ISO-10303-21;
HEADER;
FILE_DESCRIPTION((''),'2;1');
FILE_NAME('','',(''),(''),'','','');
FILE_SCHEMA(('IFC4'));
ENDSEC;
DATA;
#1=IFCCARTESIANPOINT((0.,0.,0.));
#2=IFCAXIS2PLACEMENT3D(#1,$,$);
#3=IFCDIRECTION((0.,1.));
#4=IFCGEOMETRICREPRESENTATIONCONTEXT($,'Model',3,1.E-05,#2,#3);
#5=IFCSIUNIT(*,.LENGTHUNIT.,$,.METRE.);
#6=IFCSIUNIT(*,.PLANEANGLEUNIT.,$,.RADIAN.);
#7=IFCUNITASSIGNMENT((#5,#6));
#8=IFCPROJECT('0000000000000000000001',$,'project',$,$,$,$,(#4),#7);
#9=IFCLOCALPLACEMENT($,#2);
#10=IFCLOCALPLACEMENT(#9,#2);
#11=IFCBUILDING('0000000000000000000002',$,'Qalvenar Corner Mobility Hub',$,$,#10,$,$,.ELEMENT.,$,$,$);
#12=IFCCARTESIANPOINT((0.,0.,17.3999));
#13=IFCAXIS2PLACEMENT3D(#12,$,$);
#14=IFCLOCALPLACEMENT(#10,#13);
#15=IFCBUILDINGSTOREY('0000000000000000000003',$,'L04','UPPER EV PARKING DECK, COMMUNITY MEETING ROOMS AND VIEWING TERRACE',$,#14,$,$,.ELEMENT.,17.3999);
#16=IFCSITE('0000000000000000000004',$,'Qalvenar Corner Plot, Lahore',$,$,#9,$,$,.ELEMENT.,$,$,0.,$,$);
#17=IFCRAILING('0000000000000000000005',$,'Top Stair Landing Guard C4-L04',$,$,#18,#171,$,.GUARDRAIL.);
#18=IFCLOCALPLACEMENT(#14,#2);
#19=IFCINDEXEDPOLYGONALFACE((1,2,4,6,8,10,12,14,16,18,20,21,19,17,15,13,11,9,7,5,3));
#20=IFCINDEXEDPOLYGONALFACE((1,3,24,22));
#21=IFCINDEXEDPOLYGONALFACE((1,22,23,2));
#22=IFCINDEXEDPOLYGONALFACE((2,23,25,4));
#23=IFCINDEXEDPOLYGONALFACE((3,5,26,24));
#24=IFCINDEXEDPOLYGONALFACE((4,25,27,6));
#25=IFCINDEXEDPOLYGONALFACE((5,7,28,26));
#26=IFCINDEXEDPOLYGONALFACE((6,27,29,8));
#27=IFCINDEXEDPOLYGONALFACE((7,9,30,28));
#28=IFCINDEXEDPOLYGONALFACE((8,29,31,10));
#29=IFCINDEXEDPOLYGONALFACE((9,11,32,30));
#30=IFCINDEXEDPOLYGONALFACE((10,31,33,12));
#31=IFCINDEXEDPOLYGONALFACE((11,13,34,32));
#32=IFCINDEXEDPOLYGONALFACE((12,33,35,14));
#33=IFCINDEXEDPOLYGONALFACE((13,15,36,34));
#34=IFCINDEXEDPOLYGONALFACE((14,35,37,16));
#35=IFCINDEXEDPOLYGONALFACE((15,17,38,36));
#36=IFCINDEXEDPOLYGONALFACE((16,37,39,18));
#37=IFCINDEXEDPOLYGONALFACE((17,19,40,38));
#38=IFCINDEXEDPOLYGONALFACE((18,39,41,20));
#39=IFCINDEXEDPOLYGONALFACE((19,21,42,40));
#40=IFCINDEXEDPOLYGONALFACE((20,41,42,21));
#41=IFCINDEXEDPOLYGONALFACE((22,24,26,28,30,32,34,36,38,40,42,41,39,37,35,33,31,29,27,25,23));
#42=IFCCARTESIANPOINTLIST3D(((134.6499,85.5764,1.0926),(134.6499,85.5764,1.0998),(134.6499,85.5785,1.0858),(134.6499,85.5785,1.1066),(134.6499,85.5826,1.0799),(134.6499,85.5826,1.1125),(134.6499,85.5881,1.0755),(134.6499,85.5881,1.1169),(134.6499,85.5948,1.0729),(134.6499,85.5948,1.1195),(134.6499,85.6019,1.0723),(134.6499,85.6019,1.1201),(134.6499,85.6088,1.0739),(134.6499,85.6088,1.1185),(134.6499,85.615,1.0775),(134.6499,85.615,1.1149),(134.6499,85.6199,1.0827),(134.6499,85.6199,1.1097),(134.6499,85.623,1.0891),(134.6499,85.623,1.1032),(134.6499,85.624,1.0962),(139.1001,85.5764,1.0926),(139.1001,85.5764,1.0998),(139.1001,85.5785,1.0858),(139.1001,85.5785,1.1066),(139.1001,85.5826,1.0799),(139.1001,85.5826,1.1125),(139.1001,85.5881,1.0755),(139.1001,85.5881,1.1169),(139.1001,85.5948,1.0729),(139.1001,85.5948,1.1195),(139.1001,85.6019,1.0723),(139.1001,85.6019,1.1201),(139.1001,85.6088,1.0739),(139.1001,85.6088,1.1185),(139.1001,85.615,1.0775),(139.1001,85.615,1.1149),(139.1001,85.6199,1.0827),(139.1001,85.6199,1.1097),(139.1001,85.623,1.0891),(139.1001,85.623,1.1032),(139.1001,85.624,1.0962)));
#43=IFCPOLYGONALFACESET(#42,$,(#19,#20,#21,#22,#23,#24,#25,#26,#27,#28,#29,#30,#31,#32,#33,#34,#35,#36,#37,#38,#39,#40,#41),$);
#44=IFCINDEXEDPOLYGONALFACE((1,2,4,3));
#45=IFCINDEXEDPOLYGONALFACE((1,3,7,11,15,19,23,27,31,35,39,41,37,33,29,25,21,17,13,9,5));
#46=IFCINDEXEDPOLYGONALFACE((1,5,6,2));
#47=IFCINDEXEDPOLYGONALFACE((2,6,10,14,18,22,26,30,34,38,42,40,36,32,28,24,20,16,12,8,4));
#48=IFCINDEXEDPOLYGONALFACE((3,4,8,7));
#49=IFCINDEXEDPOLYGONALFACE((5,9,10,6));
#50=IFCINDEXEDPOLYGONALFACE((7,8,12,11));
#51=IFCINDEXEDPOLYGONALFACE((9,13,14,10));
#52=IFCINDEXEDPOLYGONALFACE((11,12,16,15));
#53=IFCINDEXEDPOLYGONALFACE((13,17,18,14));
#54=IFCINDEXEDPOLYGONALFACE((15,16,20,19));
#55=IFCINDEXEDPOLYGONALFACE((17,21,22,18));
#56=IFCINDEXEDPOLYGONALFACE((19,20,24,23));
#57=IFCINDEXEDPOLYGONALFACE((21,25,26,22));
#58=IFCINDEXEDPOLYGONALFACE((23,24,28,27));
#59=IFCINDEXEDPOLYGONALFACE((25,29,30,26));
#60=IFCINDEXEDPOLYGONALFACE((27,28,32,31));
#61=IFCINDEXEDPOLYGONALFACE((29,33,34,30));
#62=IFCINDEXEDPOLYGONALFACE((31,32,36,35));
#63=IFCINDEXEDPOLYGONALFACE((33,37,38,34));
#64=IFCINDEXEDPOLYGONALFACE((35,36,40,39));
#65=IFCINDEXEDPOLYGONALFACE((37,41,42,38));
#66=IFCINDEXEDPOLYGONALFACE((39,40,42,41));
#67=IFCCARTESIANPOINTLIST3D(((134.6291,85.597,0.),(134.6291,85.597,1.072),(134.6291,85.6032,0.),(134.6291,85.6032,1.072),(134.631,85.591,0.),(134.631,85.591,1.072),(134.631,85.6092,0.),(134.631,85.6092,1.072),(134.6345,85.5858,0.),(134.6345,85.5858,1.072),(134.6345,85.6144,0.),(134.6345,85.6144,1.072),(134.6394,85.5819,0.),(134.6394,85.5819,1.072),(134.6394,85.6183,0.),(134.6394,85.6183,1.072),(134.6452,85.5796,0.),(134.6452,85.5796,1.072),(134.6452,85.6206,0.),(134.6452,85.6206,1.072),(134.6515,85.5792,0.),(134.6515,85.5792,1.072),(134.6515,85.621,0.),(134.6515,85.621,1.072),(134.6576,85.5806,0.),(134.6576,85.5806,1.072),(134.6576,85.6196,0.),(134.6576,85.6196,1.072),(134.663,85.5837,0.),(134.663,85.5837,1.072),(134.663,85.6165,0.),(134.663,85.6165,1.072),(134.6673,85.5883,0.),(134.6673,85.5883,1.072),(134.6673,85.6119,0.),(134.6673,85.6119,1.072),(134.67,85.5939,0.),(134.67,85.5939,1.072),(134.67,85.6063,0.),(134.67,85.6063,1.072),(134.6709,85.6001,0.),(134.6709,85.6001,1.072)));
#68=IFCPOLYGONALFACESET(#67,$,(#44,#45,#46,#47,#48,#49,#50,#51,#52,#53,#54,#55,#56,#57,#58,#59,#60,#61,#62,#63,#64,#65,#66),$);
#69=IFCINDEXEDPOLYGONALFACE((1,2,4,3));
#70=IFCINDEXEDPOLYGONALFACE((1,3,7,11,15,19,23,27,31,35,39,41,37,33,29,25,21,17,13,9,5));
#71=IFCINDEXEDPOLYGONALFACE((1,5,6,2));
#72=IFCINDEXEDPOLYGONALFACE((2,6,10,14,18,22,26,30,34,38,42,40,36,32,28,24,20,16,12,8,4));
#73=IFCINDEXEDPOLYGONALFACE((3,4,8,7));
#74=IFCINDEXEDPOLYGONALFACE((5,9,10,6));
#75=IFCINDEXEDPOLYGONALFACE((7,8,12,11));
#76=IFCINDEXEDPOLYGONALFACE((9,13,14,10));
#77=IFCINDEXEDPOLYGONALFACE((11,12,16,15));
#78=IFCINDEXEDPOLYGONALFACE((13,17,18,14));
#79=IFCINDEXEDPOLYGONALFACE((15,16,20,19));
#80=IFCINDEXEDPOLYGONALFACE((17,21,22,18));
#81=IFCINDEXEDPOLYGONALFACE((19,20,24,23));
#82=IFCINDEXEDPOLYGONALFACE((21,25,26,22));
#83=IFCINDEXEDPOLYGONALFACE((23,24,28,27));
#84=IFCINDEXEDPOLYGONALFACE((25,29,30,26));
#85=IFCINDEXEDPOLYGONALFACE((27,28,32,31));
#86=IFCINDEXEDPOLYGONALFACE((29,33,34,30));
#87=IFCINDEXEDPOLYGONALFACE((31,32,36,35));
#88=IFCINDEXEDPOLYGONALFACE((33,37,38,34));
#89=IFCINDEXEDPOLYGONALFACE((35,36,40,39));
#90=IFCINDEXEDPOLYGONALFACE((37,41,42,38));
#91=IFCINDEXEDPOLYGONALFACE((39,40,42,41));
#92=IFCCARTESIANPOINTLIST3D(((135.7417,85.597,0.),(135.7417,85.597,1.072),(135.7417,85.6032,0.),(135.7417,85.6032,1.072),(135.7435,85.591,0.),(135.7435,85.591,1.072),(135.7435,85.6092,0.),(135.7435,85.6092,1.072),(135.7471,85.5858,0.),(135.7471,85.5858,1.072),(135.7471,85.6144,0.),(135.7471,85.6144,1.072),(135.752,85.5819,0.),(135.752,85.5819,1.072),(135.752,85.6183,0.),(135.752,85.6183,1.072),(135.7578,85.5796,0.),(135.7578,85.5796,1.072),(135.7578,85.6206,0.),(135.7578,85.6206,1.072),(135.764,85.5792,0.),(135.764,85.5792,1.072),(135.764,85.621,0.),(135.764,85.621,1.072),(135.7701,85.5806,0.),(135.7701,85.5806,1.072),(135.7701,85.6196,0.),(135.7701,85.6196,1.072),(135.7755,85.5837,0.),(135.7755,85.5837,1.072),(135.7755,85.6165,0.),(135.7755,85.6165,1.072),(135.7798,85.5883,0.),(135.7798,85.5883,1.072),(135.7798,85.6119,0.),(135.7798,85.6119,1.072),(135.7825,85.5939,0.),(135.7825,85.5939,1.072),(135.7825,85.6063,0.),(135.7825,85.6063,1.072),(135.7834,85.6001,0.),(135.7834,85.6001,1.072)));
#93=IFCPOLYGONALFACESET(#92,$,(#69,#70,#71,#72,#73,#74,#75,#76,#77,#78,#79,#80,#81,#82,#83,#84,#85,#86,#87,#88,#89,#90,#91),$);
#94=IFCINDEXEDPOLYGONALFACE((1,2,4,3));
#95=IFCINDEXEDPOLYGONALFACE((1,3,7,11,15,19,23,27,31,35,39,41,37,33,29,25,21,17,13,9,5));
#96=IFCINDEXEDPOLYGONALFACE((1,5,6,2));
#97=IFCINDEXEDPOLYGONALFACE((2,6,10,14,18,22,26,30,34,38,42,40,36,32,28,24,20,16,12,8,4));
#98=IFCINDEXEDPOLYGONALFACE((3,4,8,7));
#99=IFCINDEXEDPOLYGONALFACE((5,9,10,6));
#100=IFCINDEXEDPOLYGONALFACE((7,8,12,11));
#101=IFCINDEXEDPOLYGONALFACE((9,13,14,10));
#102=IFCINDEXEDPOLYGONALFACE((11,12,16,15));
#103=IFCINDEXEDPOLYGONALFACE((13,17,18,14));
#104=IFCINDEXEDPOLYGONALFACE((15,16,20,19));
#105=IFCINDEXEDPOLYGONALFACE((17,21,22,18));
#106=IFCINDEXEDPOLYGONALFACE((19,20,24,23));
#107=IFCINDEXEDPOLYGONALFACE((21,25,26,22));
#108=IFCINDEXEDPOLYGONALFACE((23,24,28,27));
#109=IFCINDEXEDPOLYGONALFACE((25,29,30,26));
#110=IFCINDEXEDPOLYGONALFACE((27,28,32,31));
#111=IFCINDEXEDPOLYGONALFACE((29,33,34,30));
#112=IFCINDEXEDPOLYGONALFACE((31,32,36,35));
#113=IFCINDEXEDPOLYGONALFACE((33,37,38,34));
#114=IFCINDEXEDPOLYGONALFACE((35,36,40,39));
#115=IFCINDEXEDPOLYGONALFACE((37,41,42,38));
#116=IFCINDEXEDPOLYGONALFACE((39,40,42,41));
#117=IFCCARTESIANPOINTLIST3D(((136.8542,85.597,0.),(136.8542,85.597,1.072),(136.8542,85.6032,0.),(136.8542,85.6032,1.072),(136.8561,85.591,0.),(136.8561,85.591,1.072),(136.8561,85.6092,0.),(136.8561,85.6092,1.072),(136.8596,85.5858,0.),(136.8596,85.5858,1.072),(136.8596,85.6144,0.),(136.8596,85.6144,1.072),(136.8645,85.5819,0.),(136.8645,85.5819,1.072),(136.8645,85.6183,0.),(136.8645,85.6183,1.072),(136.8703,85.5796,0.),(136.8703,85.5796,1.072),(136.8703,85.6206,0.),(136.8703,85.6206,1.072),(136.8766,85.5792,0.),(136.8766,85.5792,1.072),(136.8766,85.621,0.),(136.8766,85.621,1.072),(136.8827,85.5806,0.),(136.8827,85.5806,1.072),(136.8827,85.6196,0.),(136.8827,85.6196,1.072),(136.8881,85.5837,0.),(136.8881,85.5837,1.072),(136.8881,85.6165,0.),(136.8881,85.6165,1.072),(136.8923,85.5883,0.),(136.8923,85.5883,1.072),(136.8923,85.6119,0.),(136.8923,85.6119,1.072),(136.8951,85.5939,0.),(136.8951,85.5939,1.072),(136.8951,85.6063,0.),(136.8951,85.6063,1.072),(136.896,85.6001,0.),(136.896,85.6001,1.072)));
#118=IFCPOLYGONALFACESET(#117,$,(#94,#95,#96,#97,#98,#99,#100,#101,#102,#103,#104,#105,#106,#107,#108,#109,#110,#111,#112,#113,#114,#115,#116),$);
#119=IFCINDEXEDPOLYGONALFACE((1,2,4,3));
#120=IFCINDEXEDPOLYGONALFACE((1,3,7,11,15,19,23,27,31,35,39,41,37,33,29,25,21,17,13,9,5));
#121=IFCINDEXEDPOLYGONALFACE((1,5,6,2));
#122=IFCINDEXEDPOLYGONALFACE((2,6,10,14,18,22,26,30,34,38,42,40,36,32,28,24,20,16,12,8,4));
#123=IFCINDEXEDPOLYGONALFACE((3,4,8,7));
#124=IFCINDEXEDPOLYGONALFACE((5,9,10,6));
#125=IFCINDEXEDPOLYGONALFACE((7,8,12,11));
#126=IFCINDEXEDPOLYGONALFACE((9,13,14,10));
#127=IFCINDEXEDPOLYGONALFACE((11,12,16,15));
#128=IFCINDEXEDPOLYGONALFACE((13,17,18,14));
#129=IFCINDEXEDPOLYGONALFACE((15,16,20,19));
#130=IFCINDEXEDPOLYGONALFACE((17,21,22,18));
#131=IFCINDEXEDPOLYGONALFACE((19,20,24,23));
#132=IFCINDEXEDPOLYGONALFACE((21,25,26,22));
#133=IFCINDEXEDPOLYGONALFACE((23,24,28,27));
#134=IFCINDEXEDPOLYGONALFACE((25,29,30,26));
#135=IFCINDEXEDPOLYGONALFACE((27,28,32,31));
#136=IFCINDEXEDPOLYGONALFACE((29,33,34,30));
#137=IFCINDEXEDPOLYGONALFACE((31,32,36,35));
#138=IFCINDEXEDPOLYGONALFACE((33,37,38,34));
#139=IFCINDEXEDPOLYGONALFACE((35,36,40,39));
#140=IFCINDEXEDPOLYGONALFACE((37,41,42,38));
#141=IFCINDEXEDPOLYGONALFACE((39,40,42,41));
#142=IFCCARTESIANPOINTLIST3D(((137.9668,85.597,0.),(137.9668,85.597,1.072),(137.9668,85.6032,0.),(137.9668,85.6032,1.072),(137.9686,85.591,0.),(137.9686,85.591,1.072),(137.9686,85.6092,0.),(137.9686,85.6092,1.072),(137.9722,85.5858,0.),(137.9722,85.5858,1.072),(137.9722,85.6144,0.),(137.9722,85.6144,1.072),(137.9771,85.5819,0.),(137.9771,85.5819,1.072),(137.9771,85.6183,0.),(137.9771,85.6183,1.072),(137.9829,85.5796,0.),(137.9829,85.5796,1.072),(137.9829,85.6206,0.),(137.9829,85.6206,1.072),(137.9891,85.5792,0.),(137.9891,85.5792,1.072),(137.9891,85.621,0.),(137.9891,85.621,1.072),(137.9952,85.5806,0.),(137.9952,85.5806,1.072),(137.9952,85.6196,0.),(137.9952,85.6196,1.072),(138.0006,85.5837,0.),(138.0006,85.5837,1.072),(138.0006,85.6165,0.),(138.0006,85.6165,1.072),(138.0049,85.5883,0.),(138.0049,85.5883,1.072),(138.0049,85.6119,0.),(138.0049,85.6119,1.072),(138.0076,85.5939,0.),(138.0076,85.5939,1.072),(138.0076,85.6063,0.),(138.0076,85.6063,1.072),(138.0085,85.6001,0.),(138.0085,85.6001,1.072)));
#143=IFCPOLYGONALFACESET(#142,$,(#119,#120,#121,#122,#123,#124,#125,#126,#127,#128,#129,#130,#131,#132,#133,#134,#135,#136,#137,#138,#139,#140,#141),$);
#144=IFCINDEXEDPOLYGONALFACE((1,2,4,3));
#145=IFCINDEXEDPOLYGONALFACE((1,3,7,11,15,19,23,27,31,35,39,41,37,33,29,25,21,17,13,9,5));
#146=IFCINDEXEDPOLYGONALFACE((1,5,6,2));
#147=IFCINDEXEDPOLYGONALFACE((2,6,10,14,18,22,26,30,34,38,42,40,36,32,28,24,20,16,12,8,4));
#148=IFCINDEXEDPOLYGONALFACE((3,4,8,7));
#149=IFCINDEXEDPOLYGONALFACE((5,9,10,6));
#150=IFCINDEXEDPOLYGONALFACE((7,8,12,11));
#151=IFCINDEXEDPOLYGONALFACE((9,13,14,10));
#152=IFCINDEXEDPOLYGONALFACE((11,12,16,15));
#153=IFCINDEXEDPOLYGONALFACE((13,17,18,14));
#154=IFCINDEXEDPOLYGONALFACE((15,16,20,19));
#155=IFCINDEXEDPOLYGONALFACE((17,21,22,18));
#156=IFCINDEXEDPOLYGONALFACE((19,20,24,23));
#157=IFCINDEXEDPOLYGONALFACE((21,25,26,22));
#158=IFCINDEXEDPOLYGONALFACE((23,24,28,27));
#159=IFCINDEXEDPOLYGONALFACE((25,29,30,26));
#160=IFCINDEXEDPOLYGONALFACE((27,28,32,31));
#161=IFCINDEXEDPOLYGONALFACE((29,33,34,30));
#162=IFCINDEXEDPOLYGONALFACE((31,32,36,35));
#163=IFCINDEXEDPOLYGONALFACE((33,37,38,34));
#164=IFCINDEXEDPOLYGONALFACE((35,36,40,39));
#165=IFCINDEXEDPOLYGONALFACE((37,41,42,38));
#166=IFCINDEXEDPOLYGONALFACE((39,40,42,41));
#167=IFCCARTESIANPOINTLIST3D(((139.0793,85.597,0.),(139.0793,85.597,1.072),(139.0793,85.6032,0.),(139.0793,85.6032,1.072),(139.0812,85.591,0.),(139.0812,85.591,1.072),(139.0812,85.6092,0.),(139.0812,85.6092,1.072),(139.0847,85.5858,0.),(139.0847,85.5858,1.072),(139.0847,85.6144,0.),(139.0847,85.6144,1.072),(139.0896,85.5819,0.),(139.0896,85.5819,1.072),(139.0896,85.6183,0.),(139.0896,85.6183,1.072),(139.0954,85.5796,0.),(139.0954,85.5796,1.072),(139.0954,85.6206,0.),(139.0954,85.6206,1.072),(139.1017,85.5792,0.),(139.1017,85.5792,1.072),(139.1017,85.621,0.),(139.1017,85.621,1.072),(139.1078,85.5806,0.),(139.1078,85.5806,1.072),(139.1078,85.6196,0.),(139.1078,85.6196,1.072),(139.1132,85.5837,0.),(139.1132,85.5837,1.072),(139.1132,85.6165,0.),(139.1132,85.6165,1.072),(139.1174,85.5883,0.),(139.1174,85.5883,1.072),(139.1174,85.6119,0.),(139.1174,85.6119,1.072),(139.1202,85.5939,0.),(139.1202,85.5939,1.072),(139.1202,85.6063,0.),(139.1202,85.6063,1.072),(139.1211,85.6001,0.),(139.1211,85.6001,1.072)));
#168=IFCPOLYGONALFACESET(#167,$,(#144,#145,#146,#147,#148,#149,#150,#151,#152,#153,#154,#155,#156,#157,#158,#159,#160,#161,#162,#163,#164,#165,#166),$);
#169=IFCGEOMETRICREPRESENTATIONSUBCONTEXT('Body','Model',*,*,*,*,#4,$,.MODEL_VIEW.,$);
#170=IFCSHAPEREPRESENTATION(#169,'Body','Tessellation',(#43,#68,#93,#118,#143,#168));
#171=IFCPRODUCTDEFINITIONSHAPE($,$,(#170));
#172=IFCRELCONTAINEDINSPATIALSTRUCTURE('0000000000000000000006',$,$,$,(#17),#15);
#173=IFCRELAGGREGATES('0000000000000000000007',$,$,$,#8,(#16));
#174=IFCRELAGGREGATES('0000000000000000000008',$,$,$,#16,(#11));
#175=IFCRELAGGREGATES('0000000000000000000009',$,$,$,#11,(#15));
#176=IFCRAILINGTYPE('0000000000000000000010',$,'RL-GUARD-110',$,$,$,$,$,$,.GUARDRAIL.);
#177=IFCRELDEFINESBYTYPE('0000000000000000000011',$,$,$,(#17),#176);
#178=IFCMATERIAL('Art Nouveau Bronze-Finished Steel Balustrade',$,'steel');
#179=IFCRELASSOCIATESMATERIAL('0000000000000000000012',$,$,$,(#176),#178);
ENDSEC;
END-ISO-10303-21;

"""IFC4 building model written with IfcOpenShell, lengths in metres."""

from ifc_helpers import new_model, si_unit, direction, frame, origin, origin_2d, place, context, subcontext, project, spatial, circle, extrude, material, type_object, element, save


model = new_model("IFC4")

# Units and contexts
model_context = context("Model", 3, precision=1e-05, world=origin(), true_north=direction((0.0, 1.0)))
body_context = subcontext(model_context, "Body", "Model", "MODEL_VIEW")
ifc_project = project(units=[si_unit("LENGTHUNIT", "METRE"), si_unit("PLANEANGLEUNIT", "RADIAN")], contexts=[model_context])

# Site, building, storey
site_placement = place(None, origin())
site = spatial("IfcSite", under=ifc_project, at=site_placement, Name="Qalvenar Corner Plot, Lahore", CompositionType="ELEMENT", RefElevation=0.0)
building_placement = place(site_placement, origin())
building = spatial("IfcBuilding", under=site, at=building_placement, Name="Qalvenar Corner Mobility Hub", CompositionType="ELEMENT")
storey_placement = place(building_placement, frame((0.0, 0.0, 17.3999)))
storey = spatial("IfcBuildingStorey", under=building, at=storey_placement, Name="L04", Description="UPPER EV PARKING DECK, COMMUNITY MEETING ROOMS AND VIEWING TERRACE", CompositionType="ELEMENT", Elevation=17.3999)

# Railing
ifc_material_1 = material(Name="Art Nouveau Bronze-Finished Steel Balustrade", Category="steel")
railing_type = type_object("IfcRailingType", Name="RL-GUARD-110", PredefinedType="GUARDRAIL", material=ifc_material_1)
railing_placement = place(storey_placement, frame((134.6499, 85.6001, 0.0)))
element("IfcRailing", 1, at=railing_placement, inside=storey, type_object=railing_type, Name="Top Stair Landing Guard C4-L04", PredefinedType="GUARDRAIL", context=body_context, shape_type="SweptSolid", body=[
    extrude(circle(Radius=0.0239, at=origin_2d()), frame((0.0, 0.0, 1.0962), z_axis=(1.0, 0.0, 0.0), x_axis=(0.0, 1.0, 0.0)), (0.0, 0.0, 1.0), 4.4502),
    extrude(circle(Radius=0.021, at=origin_2d()), origin(), (0.0, 0.0, 1.0), 1.072),
    extrude(circle(Radius=0.021, at=origin_2d()), frame((1.1125, 0.0, 0.0)), (0.0, 0.0, 1.0), 1.072),
    extrude(circle(Radius=0.021, at=origin_2d()), frame((2.2251, 0.0, 0.0)), (0.0, 0.0, 1.0), 1.072),
    extrude(circle(Radius=0.021, at=origin_2d()), frame((3.3376, 0.0, 0.0)), (0.0, 0.0, 1.0), 1.072),
    extrude(circle(Radius=0.021, at=origin_2d()), frame((4.4502, 0.0, 0.0)), (0.0, 0.0, 1.0), 1.072),
])

save(model, "model.ifc")
